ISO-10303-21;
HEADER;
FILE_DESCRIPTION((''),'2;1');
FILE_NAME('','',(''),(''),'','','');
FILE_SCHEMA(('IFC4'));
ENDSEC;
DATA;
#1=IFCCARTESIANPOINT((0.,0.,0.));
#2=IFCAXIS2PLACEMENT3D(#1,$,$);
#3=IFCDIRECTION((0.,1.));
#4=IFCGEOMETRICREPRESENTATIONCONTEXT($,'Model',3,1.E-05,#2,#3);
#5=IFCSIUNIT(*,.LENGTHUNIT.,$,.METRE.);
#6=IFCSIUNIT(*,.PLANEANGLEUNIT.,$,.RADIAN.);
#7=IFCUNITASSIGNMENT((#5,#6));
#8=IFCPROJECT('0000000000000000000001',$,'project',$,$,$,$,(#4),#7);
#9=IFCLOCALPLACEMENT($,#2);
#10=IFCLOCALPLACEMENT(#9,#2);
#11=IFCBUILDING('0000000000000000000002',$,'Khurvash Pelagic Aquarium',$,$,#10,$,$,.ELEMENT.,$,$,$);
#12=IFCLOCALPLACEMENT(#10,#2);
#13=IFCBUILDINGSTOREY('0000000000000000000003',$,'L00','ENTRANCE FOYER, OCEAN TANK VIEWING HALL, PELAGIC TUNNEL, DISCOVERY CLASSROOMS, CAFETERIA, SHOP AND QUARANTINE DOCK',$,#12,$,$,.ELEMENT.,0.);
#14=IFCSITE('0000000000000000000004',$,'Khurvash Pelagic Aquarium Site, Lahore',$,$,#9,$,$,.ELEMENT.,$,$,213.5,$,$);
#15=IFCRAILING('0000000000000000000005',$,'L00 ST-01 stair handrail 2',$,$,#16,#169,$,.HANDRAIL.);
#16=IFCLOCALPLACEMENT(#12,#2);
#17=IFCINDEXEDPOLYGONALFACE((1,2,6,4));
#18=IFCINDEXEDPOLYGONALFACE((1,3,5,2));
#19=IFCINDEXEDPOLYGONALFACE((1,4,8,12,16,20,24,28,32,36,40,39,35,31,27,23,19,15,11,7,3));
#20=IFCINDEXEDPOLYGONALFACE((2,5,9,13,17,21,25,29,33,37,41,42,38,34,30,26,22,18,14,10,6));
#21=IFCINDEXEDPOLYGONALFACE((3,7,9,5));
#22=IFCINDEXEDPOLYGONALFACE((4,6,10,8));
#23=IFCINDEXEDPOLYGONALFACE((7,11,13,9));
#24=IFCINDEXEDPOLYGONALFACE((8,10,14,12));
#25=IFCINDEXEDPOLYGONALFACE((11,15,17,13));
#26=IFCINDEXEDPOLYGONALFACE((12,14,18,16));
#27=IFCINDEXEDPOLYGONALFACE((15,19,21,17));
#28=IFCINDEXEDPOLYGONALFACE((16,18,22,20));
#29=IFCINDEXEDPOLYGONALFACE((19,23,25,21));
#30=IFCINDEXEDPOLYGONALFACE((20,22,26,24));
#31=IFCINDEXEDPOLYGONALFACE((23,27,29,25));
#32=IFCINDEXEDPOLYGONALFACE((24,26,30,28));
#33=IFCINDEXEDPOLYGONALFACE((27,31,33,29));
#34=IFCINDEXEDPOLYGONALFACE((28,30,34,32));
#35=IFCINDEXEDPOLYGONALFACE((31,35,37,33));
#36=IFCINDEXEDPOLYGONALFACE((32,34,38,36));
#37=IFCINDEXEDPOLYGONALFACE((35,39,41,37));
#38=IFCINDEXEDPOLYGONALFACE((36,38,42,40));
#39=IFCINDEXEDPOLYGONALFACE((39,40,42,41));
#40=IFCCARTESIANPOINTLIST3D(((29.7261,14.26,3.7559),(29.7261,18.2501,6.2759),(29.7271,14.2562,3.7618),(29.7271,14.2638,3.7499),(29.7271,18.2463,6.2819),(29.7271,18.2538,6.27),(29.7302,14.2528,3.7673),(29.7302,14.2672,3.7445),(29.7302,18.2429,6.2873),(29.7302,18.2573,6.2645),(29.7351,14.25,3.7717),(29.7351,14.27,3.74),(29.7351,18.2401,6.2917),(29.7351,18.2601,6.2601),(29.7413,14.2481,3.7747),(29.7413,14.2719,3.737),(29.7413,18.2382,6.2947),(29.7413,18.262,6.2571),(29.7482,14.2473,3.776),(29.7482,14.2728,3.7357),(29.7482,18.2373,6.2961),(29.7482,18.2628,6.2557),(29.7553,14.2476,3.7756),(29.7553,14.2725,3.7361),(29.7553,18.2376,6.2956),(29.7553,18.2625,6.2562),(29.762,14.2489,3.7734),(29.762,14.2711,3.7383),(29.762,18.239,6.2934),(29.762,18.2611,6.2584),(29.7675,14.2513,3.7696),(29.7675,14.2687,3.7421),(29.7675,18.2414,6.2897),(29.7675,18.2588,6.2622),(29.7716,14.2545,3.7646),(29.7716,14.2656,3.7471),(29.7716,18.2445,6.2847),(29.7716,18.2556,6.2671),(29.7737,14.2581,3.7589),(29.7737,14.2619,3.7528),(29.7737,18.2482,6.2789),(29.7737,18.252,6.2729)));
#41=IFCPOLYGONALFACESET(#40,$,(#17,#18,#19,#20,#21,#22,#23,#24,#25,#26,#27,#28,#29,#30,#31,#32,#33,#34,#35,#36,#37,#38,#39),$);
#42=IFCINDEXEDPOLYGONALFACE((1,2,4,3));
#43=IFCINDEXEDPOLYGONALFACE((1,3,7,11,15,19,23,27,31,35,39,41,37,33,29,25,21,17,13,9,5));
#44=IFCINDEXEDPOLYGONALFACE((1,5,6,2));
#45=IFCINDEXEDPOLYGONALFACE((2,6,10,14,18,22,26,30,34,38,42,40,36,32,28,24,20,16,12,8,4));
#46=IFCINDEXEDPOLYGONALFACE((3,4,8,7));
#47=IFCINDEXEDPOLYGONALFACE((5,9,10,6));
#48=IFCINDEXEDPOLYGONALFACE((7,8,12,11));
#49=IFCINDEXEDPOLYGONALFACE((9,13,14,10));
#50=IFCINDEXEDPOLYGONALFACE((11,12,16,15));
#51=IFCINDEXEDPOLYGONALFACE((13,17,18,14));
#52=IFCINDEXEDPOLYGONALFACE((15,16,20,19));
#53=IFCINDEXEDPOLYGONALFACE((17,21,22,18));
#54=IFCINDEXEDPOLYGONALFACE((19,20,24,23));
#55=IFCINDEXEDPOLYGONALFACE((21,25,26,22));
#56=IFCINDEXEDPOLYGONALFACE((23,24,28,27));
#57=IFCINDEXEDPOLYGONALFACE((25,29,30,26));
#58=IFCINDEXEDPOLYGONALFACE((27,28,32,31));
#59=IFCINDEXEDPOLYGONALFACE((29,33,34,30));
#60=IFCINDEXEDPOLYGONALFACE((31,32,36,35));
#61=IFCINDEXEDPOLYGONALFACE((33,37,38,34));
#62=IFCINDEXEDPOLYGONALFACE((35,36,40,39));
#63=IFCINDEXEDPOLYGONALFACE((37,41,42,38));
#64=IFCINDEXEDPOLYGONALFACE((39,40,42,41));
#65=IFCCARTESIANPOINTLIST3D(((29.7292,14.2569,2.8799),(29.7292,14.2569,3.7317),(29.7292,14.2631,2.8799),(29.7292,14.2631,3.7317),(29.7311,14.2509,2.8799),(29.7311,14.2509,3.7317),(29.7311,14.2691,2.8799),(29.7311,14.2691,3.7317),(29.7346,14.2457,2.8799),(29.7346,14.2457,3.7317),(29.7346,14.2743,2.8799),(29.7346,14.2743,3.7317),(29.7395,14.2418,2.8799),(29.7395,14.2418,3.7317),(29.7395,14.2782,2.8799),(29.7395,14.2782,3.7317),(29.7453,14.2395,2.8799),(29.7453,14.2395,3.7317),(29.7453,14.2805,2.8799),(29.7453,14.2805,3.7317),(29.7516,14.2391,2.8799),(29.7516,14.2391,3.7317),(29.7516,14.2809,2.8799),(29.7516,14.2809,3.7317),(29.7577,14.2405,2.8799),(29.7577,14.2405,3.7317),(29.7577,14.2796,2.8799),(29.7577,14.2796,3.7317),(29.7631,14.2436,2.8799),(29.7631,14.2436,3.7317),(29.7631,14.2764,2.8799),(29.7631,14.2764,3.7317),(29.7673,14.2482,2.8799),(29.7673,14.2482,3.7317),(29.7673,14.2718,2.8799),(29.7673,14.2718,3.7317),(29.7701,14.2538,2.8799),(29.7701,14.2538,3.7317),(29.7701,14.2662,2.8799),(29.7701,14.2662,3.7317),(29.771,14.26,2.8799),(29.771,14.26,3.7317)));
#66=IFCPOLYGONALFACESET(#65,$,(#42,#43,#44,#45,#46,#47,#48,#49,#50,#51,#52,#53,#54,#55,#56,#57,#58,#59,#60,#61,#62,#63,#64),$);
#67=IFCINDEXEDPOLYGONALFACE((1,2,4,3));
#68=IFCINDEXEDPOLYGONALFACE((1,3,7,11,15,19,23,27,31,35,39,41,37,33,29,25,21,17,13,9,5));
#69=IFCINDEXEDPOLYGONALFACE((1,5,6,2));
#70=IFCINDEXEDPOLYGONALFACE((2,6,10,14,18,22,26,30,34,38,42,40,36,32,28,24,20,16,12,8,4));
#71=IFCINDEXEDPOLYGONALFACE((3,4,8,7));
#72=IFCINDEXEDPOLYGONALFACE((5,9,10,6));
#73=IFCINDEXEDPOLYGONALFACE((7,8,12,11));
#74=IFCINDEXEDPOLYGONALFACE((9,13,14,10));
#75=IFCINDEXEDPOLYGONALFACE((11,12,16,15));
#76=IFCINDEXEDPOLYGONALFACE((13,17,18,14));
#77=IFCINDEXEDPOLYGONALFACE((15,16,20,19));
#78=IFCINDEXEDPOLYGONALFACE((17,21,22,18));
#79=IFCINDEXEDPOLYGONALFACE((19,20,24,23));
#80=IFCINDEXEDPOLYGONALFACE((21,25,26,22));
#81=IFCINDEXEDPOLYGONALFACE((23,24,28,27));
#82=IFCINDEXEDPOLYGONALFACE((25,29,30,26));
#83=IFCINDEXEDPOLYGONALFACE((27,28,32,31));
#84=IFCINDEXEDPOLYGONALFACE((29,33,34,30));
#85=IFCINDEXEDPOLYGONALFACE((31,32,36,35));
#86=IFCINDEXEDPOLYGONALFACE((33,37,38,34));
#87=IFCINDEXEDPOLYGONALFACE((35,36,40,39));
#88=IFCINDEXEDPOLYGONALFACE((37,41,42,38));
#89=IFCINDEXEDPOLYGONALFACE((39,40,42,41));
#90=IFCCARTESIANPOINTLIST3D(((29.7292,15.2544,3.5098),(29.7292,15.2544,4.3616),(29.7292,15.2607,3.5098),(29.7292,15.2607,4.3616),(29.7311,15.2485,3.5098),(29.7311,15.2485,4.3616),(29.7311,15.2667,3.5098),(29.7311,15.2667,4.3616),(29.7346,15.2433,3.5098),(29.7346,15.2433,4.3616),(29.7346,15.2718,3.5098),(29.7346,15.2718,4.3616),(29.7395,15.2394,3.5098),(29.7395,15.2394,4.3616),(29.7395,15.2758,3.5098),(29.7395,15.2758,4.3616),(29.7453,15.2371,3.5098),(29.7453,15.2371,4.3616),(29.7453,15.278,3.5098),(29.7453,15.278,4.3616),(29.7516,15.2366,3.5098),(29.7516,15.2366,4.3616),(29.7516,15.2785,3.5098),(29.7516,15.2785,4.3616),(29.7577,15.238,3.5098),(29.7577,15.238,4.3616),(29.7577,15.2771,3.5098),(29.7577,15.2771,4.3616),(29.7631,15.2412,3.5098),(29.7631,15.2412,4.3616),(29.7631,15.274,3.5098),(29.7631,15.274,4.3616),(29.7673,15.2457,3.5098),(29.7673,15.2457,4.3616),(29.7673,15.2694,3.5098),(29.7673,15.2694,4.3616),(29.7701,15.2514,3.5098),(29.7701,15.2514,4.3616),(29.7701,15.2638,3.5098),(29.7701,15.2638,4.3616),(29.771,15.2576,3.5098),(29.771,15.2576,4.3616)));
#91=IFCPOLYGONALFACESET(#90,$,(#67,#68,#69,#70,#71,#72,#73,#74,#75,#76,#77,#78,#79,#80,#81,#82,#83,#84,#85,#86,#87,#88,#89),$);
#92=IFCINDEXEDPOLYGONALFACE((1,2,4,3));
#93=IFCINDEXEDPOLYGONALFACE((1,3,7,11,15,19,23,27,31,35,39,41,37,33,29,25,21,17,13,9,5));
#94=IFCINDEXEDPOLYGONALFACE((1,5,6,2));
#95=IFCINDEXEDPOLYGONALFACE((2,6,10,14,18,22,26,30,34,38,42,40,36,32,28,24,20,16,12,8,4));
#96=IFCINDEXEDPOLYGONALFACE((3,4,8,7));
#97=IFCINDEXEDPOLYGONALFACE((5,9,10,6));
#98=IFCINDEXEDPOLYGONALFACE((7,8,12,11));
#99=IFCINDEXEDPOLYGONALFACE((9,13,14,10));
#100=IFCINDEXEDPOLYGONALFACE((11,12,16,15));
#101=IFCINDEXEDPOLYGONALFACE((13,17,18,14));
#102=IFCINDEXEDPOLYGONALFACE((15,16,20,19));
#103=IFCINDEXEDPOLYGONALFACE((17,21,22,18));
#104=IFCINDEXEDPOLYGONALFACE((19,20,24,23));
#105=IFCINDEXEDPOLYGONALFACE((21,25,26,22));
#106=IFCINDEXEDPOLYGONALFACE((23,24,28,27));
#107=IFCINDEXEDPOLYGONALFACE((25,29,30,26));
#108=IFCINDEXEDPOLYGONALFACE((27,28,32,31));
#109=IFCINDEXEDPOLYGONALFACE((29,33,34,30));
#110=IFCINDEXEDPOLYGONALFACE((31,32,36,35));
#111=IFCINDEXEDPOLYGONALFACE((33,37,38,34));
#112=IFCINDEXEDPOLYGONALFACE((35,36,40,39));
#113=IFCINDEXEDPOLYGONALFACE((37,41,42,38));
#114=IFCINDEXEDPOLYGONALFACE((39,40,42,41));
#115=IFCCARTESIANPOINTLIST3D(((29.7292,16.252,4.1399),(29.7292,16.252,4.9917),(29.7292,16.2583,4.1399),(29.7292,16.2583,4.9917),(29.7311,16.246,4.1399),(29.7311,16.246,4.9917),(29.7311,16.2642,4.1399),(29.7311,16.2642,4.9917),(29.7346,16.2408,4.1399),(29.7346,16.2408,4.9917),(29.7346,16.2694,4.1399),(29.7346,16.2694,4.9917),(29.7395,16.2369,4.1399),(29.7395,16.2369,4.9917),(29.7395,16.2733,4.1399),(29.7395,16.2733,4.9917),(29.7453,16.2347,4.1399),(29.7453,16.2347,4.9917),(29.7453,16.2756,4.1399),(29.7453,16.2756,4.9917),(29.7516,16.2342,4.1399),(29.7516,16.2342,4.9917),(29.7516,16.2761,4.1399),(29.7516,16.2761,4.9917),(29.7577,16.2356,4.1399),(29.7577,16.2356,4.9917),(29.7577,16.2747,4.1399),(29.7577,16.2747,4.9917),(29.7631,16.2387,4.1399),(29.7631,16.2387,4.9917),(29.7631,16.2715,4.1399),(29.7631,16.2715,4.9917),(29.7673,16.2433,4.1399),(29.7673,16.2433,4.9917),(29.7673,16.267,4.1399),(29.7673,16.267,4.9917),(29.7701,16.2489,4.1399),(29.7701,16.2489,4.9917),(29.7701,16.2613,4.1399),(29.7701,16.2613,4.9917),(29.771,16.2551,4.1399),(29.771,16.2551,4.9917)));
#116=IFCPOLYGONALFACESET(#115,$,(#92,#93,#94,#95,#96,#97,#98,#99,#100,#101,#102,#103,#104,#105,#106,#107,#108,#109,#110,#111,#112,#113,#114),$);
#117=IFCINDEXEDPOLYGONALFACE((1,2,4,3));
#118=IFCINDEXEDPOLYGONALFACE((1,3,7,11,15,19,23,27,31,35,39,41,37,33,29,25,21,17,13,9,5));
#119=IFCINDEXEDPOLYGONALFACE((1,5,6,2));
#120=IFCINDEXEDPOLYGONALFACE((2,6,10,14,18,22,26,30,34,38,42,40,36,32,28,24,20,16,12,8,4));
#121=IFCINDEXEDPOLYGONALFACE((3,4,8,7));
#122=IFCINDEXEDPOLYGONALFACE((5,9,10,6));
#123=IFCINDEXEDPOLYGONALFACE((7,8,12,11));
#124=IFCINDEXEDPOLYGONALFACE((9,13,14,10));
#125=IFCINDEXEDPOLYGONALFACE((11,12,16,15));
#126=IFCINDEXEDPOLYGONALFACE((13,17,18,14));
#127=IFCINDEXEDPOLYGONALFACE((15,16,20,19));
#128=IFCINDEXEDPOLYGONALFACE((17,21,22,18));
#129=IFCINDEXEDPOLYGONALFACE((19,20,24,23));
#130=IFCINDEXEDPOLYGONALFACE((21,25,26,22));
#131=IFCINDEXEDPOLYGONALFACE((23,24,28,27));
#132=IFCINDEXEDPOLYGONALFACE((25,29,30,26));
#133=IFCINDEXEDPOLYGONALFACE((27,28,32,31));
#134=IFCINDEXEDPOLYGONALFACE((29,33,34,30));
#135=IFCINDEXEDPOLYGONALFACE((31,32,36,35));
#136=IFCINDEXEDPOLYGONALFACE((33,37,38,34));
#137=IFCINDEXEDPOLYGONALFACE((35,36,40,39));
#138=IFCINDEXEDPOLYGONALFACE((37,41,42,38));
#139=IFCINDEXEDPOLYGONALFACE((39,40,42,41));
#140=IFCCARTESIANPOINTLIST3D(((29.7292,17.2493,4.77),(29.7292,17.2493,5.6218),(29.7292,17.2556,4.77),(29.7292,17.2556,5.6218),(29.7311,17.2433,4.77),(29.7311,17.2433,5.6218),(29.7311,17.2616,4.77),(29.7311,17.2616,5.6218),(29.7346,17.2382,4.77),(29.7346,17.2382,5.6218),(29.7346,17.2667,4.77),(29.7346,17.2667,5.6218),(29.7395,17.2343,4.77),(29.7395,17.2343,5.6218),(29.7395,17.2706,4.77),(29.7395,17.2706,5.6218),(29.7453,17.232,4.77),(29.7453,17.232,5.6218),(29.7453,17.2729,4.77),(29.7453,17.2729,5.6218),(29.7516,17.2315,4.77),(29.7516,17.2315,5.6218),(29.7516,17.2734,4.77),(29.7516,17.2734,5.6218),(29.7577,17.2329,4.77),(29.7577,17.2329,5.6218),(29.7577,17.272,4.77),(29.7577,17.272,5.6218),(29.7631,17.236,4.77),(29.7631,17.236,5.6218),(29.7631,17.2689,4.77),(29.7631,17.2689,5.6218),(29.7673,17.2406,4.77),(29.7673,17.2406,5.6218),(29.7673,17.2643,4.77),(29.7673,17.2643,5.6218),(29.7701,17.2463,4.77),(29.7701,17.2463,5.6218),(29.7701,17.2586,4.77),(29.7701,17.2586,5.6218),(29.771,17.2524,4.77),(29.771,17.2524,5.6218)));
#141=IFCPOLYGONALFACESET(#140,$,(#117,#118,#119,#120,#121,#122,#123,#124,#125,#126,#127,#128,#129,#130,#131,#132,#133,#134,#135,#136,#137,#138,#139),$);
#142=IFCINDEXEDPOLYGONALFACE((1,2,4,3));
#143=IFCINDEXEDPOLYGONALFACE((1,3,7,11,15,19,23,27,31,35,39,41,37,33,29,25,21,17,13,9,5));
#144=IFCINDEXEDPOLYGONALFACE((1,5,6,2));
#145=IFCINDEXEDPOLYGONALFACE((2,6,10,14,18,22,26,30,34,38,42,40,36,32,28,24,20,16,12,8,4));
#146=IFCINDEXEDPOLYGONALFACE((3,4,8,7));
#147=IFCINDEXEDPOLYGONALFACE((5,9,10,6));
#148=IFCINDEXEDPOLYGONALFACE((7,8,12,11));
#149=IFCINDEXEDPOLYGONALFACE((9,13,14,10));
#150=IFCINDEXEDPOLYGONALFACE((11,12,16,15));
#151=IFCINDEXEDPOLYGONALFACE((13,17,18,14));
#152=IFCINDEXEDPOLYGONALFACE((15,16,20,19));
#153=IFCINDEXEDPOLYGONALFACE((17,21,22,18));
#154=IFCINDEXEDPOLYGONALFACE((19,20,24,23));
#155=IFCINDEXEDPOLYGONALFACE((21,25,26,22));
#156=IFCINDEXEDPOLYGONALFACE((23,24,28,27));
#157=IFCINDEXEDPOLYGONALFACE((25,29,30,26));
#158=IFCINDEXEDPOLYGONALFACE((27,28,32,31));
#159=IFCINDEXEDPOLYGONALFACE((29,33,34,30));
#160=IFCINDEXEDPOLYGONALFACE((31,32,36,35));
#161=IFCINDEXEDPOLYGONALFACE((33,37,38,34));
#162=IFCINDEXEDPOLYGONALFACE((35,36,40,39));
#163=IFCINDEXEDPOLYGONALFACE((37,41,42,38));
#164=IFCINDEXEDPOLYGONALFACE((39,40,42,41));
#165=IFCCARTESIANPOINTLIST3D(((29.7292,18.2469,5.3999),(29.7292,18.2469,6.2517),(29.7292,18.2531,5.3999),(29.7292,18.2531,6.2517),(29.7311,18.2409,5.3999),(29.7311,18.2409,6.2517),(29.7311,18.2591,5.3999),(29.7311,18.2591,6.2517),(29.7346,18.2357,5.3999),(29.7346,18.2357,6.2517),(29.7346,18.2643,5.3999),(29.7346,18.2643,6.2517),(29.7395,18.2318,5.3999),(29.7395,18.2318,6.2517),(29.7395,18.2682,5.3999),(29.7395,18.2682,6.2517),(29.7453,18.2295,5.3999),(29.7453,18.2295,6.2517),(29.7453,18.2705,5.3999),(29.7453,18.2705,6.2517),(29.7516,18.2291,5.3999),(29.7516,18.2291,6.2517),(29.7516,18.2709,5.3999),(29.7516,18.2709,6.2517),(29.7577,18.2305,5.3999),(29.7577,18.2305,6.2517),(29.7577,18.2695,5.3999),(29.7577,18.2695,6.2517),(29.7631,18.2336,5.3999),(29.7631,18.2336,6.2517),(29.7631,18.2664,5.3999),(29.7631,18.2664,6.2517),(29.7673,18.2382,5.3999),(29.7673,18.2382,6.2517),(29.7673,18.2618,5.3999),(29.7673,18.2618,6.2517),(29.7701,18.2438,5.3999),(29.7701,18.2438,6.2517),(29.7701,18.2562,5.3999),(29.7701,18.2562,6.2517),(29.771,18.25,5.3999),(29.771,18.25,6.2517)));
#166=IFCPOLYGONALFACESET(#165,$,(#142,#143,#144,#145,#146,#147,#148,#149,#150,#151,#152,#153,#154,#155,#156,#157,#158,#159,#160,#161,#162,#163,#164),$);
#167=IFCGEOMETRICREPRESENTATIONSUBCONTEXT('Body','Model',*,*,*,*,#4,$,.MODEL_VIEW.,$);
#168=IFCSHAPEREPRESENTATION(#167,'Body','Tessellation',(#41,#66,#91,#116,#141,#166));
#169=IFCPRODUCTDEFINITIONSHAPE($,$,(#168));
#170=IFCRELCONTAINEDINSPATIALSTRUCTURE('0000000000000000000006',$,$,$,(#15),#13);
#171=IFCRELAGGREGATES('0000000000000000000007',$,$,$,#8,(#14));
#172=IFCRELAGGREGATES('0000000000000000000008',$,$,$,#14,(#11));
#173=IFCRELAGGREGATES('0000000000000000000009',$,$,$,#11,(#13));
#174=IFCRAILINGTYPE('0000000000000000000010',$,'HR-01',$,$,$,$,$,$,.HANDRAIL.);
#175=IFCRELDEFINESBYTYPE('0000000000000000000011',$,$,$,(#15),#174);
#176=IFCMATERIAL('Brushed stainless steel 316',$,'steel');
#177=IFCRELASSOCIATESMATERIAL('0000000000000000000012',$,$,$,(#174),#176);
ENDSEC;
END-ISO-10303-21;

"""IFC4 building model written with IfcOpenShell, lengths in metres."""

from ifc_helpers import new_model, si_unit, direction, frame, origin, origin_2d, place, context, subcontext, project, spatial, circle, extrude, material, type_object, element, save


model = new_model("IFC4")

# Units and contexts
model_context = context("Model", 3, precision=1e-05, world=origin(), true_north=direction((0.0, 1.0)))
body_context = subcontext(model_context, "Body", "Model", "MODEL_VIEW")
ifc_project = project(units=[si_unit("LENGTHUNIT", "METRE"), si_unit("PLANEANGLEUNIT", "RADIAN")], contexts=[model_context])

# Site, building, storey
site_placement = place(None, origin())
site = spatial("IfcSite", under=ifc_project, at=site_placement, Name="Khurvash Pelagic Aquarium Site, Lahore", CompositionType="ELEMENT", RefElevation=213.5)
building_placement = place(site_placement, origin())
building = spatial("IfcBuilding", under=site, at=building_placement, Name="Khurvash Pelagic Aquarium", CompositionType="ELEMENT")
storey_placement = place(building_placement, origin())
storey = spatial("IfcBuildingStorey", under=building, at=storey_placement, Name="L00", Description="ENTRANCE FOYER, OCEAN TANK VIEWING HALL, PELAGIC TUNNEL, DISCOVERY CLASSROOMS, CAFETERIA, SHOP AND QUARANTINE DOCK", CompositionType="ELEMENT", Elevation=0.0)

# Railing
ifc_material_1 = material(Name="Brushed stainless steel 316", Category="steel")
railing_type_1 = type_object("IfcRailingType", Name="HR-01", PredefinedType="HANDRAIL", material=ifc_material_1)
railing_1_placement = place(storey_placement, frame((29.75, 14.26, 2.8799)))
element("IfcRailing", 1, at=railing_1_placement, inside=storey, type_object=railing_type_1, Name="L00 ST-01 stair handrail 2", PredefinedType="HANDRAIL", context=body_context, shape_type="SweptSolid", body=[
    extrude(circle(Radius=0.0239, at=origin_2d()), frame((0.0, 0.0, 0.876), z_axis=(0.0, 0.845486, 0.533997), x_axis=(-1.0, 0.0, 0.0)), (0.0, 0.0, 1.0), 4.7192),
    extrude(circle(Radius=0.021, at=origin_2d()), origin(), (0.0, 0.0, 1.0), 0.8518),
    extrude(circle(Radius=0.021, at=origin_2d()), frame((0.0, 0.9976, 0.6299)), (0.0, 0.0, 1.0), 0.8518),
    extrude(circle(Radius=0.021, at=origin_2d()), frame((0.0, 1.9951, 1.26)), (0.0, 0.0, 1.0), 0.8518),
    extrude(circle(Radius=0.021, at=origin_2d()), frame((0.0, 2.9924, 1.8901)), (0.0, 0.0, 1.0), 0.8518),
    extrude(circle(Radius=0.021, at=origin_2d()), frame((0.0, 3.99, 2.52)), (0.0, 0.0, 1.0), 0.8518),
])

save(model, "model.ifc")
